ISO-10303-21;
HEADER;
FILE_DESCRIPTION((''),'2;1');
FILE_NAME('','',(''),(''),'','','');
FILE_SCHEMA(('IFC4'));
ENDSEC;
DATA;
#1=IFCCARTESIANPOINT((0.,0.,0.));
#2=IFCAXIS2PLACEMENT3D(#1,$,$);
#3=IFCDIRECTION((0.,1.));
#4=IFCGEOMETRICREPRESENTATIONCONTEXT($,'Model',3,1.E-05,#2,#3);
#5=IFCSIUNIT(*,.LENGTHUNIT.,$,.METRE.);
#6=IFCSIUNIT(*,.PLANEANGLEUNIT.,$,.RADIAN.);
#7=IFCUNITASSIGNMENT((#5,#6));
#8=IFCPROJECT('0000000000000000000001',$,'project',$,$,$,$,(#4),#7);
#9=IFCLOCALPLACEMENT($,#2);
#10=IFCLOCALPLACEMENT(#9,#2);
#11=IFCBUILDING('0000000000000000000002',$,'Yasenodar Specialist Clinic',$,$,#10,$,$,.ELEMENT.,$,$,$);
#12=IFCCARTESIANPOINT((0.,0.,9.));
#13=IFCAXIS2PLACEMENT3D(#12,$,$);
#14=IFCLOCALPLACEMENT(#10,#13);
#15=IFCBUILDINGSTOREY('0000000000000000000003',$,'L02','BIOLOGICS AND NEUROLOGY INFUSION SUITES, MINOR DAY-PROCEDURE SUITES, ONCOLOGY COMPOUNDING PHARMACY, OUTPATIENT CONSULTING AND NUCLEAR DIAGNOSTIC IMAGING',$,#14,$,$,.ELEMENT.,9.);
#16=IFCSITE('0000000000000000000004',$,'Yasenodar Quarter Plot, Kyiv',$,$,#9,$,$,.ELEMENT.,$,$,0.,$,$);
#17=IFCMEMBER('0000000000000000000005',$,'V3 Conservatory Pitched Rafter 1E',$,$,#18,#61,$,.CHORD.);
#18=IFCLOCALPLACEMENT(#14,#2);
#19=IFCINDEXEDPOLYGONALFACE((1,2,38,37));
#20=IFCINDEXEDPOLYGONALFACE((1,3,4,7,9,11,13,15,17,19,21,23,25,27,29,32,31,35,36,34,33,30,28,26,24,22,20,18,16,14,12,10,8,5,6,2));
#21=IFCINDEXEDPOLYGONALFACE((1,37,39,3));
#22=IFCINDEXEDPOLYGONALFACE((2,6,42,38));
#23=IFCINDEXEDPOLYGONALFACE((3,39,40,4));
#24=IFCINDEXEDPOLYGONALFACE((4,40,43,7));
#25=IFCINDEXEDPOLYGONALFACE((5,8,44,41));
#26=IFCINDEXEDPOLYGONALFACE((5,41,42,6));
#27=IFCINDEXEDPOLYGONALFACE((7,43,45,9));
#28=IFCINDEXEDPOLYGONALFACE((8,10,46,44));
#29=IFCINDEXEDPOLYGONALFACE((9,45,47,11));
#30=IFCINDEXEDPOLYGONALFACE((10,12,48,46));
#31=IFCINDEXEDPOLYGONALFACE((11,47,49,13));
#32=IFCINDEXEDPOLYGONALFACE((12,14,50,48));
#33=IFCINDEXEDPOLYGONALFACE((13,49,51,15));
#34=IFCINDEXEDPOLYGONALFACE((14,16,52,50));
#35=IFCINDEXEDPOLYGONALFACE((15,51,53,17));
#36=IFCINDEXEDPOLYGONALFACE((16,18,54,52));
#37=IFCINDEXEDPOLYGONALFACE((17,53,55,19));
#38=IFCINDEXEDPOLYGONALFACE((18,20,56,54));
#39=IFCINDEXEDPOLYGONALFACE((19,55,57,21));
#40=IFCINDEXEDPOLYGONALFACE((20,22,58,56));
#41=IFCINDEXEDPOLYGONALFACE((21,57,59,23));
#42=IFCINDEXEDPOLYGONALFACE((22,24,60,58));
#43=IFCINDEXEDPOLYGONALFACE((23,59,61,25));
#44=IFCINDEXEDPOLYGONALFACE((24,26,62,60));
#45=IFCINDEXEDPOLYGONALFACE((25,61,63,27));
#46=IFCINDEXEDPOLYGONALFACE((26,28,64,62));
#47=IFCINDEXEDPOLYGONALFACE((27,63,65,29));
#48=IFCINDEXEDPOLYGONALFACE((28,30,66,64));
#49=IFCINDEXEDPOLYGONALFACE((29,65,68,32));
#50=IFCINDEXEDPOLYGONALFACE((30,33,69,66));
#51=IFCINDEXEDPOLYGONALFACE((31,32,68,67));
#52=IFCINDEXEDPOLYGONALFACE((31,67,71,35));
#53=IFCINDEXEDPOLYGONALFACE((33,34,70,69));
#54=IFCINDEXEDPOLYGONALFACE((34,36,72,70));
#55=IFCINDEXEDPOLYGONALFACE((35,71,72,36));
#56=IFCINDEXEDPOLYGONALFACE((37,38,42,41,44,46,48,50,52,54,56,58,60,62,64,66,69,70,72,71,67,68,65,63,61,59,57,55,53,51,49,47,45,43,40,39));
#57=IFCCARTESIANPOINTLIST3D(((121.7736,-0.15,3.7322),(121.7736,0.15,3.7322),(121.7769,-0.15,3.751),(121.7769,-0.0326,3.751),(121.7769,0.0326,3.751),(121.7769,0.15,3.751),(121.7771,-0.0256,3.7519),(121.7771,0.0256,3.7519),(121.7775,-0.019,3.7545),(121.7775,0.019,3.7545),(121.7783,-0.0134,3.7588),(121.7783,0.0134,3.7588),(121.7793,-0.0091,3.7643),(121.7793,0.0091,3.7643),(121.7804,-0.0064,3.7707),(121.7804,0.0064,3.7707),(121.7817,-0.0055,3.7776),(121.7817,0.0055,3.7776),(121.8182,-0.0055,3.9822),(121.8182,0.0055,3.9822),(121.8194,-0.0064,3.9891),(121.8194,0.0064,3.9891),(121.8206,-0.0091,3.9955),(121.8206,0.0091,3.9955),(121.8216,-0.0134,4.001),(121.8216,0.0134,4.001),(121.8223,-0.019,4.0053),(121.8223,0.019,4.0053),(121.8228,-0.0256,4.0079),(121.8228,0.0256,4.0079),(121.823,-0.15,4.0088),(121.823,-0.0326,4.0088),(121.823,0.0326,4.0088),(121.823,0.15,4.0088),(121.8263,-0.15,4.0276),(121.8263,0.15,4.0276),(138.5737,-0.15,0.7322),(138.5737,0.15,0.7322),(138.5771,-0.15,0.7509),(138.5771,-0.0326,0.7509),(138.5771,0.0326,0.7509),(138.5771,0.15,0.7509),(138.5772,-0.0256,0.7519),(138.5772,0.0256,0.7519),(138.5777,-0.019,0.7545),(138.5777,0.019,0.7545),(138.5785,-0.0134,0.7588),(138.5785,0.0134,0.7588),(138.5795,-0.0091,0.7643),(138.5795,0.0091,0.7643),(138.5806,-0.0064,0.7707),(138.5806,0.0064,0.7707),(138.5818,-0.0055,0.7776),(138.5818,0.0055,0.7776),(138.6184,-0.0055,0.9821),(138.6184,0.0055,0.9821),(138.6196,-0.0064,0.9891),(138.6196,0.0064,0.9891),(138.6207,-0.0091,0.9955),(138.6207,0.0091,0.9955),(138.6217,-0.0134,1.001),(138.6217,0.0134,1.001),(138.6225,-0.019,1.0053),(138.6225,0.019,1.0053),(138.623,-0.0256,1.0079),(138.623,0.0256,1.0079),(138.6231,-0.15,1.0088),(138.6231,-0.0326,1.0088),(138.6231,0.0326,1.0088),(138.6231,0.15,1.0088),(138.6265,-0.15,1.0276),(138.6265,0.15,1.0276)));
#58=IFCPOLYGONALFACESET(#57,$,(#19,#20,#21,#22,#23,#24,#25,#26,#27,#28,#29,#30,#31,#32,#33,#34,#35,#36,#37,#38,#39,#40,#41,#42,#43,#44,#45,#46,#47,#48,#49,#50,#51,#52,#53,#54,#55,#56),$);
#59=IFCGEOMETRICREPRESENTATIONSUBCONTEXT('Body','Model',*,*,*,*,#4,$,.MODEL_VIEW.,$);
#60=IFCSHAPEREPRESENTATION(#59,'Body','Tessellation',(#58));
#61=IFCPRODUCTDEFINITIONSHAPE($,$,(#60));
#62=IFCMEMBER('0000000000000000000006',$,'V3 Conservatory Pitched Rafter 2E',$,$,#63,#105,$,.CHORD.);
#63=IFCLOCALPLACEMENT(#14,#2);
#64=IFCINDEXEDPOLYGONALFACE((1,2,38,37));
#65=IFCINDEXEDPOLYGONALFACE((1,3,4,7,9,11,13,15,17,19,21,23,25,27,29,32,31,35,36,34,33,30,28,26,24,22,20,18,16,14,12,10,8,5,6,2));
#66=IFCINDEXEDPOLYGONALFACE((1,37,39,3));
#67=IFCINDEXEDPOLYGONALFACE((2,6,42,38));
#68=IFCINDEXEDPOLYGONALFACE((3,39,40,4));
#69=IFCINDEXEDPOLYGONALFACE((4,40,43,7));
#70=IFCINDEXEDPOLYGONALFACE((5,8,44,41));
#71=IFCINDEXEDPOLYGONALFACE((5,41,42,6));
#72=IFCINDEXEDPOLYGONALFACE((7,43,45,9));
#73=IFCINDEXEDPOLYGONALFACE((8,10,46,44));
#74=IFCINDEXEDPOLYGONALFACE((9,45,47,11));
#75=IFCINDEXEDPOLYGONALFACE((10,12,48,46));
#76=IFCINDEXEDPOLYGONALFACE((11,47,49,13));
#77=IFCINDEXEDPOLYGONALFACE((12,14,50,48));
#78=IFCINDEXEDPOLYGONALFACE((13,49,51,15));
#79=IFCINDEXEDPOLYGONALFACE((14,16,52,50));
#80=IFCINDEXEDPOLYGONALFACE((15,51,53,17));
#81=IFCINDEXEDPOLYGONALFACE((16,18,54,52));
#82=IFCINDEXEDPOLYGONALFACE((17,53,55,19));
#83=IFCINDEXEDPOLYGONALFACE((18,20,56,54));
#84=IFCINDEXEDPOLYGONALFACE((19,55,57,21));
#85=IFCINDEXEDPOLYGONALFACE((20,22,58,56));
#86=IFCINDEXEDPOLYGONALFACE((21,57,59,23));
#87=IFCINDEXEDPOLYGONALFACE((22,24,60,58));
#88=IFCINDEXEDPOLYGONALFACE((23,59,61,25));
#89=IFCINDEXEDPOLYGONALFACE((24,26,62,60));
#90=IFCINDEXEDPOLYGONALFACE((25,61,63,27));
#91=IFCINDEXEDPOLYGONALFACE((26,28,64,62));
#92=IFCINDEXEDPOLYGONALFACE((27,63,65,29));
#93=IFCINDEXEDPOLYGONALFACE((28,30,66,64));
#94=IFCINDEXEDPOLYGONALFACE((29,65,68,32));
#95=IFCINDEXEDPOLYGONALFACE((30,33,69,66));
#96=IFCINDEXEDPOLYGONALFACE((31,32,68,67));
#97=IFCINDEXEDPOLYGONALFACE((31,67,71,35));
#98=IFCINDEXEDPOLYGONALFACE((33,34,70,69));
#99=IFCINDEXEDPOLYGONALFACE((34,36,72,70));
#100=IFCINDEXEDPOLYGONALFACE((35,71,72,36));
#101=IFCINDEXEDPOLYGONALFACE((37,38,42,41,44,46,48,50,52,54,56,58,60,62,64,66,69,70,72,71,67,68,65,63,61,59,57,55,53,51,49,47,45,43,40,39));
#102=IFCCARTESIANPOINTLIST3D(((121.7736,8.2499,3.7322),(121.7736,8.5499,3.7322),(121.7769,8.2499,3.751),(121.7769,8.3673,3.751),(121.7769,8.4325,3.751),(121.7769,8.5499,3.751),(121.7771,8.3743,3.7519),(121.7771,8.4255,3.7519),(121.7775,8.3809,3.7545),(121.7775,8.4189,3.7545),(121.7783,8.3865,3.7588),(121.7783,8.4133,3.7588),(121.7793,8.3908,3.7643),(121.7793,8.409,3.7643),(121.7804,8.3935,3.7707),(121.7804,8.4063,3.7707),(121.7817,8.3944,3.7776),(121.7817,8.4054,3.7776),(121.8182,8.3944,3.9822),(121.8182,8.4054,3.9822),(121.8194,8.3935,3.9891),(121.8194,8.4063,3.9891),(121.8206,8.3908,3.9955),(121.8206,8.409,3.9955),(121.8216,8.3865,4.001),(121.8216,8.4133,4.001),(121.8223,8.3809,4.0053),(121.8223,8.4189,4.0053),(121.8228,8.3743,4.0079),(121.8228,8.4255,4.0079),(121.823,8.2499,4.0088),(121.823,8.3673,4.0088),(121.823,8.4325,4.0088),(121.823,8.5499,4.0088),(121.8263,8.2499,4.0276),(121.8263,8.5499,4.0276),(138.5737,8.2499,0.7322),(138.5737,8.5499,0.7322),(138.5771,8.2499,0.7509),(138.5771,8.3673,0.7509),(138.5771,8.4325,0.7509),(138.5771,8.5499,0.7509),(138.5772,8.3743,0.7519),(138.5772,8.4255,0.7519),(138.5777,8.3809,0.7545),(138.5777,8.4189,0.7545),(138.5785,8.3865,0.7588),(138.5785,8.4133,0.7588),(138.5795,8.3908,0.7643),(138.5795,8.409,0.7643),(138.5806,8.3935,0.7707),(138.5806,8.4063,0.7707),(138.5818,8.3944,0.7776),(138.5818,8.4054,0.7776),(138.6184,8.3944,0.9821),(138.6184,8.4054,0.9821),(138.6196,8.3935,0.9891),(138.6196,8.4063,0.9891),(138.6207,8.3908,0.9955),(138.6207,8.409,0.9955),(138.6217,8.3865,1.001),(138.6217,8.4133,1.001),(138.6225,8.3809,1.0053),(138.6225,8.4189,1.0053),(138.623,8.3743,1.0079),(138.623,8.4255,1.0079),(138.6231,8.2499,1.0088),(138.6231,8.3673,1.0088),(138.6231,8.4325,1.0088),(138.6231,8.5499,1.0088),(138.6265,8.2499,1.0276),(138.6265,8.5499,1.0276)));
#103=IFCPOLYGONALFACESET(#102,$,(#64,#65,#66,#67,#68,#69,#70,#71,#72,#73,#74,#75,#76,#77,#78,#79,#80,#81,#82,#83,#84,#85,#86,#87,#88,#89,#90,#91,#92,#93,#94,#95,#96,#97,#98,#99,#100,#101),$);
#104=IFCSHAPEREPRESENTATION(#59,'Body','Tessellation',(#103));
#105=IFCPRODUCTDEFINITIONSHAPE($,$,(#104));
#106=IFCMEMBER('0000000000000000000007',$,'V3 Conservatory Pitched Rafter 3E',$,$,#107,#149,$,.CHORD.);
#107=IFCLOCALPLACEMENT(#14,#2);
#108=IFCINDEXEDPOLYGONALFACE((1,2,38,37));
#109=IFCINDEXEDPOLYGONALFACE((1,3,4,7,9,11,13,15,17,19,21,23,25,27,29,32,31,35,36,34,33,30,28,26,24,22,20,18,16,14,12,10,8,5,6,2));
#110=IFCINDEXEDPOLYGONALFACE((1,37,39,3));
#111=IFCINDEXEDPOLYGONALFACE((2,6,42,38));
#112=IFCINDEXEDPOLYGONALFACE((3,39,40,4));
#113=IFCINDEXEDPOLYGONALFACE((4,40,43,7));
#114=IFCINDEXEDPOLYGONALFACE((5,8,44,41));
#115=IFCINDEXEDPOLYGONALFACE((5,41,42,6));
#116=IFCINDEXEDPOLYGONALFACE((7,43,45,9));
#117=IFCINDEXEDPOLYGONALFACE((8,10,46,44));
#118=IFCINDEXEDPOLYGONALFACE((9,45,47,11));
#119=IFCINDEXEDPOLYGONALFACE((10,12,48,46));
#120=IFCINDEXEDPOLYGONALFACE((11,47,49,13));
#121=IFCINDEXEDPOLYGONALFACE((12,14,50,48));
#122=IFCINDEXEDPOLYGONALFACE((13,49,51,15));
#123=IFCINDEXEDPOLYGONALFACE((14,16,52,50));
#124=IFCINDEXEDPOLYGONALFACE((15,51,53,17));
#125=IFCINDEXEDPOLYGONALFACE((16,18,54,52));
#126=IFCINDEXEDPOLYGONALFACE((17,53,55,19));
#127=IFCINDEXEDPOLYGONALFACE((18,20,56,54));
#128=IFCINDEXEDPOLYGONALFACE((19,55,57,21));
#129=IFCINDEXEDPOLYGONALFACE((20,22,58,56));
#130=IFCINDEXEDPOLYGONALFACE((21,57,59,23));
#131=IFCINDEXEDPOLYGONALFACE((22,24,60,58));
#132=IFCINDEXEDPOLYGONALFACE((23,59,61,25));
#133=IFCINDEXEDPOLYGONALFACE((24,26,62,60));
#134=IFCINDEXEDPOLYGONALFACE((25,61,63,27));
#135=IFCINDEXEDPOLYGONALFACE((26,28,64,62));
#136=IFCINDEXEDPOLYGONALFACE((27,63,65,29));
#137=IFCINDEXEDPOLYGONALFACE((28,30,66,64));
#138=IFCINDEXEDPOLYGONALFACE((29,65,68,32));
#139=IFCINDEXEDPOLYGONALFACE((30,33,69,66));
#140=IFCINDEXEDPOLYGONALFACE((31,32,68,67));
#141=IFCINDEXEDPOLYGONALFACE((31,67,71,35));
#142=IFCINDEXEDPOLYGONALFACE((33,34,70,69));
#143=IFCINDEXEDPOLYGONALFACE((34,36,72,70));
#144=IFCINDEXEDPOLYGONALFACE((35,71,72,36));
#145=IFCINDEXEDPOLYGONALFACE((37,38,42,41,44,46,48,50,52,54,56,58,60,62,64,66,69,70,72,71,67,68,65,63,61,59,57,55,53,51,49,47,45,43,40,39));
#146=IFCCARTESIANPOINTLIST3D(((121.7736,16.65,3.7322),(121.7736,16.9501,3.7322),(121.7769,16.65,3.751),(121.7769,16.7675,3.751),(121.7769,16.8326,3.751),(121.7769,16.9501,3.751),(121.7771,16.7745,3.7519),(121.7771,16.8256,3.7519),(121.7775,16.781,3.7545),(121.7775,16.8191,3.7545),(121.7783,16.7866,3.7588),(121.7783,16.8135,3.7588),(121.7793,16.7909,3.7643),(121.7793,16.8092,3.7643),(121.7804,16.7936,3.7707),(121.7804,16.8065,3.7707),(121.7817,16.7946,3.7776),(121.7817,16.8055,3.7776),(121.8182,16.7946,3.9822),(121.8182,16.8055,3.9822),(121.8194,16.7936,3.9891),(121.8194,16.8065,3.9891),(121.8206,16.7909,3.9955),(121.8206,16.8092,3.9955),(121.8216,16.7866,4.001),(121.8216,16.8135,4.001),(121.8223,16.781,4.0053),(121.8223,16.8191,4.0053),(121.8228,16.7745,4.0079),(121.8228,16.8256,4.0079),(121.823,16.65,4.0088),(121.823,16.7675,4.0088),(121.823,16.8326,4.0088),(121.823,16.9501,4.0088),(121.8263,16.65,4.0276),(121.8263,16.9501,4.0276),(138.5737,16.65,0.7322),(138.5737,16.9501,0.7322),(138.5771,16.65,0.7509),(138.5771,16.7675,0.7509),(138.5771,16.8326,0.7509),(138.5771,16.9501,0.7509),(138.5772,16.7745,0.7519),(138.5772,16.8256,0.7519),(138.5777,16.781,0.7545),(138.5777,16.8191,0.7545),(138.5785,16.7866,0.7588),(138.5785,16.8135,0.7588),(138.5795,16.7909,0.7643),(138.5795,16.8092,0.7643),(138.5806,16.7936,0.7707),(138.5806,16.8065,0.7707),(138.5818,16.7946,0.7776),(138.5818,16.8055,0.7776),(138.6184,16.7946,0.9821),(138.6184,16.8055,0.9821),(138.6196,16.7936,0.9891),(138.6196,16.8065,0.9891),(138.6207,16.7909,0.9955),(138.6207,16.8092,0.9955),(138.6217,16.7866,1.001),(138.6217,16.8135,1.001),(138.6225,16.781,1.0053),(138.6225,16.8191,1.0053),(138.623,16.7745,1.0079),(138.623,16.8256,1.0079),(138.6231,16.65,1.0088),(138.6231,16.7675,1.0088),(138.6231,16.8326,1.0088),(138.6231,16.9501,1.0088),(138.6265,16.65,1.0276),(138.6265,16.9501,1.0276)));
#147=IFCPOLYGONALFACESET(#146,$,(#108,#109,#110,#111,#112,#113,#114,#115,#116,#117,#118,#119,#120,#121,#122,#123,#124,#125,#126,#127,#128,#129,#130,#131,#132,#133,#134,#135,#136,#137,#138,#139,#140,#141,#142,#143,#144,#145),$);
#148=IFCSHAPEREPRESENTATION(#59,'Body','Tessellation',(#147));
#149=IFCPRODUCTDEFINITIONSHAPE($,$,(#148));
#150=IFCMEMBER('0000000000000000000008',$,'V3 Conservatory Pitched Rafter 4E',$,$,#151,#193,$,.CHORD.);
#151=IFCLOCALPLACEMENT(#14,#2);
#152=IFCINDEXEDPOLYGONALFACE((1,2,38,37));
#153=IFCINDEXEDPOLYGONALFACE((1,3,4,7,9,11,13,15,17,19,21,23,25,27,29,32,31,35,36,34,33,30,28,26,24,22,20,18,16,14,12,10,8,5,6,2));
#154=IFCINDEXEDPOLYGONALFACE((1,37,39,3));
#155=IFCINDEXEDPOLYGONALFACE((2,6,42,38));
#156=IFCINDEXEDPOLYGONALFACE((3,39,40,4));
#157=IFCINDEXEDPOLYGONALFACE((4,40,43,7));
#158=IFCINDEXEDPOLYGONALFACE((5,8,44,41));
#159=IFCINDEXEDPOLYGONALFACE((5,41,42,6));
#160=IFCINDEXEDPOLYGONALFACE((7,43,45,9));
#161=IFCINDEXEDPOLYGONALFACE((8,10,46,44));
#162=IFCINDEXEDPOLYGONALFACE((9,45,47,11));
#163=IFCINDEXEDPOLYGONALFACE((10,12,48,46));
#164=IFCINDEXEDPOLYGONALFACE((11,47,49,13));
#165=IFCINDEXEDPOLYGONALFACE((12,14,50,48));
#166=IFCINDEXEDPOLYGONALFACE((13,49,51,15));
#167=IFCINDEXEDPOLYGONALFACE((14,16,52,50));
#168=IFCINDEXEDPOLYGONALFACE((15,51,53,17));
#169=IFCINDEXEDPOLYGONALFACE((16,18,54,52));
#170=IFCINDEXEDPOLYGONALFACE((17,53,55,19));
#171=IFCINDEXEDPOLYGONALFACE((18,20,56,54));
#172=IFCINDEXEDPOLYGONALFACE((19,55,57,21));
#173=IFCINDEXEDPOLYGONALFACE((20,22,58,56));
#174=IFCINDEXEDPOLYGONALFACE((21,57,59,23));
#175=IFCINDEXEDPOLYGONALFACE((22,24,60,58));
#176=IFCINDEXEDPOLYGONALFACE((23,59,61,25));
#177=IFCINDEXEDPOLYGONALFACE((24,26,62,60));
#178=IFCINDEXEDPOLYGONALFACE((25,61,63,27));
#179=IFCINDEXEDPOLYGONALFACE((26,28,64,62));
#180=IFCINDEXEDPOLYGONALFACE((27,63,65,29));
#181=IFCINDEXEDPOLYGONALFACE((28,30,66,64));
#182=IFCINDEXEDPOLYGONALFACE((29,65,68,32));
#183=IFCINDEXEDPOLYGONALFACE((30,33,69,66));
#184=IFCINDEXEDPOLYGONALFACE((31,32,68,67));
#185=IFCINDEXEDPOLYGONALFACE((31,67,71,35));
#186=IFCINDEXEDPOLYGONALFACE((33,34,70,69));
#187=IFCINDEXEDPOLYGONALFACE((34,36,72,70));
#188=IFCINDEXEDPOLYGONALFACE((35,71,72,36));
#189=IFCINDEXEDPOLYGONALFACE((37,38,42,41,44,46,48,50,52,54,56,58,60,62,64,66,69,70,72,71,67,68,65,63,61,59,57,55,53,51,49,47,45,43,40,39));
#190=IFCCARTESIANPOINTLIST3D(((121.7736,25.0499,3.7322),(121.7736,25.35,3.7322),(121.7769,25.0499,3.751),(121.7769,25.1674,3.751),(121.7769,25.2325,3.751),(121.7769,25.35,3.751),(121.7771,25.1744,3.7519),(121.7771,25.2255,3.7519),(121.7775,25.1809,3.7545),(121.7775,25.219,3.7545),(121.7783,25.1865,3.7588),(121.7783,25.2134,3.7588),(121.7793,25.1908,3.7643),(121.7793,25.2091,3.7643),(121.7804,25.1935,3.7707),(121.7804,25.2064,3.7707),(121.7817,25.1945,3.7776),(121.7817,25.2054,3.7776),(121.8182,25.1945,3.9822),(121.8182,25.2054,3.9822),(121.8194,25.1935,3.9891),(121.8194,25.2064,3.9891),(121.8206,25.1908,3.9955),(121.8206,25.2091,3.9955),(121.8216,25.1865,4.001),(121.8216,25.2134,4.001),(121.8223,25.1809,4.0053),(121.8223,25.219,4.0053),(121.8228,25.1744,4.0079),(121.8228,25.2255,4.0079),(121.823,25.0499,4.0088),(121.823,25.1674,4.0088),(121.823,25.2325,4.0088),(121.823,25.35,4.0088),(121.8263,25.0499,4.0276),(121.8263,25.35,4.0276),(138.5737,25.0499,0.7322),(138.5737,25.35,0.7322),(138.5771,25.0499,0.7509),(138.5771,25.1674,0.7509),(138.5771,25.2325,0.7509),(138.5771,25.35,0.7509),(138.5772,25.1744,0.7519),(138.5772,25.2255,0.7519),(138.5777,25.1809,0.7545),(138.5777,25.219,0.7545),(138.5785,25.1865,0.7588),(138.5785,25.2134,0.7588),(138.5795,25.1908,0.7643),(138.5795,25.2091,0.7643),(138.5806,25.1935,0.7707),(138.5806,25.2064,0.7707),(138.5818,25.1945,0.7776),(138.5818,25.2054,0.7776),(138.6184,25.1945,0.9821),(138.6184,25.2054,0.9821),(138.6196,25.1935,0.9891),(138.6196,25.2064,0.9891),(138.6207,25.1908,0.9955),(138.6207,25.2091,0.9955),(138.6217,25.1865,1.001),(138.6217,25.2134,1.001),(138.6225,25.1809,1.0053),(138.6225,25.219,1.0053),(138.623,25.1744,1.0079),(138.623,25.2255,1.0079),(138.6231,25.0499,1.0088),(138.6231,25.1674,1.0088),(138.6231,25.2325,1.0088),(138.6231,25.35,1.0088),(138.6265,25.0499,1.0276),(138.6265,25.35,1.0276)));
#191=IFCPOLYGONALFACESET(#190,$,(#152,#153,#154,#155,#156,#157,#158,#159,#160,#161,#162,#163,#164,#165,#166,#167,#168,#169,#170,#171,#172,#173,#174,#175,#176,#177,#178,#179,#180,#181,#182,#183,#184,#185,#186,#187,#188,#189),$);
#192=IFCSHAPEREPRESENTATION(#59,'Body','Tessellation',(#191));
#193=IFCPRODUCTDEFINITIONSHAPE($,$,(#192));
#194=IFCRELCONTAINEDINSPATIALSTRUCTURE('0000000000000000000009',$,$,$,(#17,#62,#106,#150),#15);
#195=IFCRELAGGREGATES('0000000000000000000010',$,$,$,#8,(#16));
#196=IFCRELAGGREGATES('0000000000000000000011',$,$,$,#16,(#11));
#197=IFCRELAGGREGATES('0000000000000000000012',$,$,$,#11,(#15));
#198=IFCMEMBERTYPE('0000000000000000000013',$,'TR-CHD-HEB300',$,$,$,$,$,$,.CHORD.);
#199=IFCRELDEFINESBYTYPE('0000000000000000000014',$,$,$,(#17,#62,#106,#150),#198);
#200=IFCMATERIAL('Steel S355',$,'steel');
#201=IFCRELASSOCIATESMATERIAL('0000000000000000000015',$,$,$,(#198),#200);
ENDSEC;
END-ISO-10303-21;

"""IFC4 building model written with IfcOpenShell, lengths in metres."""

from ifc_helpers import new_model, si_unit, direction, frame, origin, origin_2d, place, context, subcontext, project, spatial, i_section, extrude, material, material_profile, profile_set, type_object, element, save


model = new_model("IFC4")

# Units and contexts
model_context = context("Model", 3, precision=1e-05, world=origin(), true_north=direction((0.0, 1.0)))
body_context = subcontext(model_context, "Body", "Model", "MODEL_VIEW")
ifc_project = project(units=[si_unit("LENGTHUNIT", "METRE"), si_unit("PLANEANGLEUNIT", "RADIAN")], contexts=[model_context])

# Site, building, storey
site_placement = place(None, origin())
site = spatial("IfcSite", under=ifc_project, at=site_placement, Name="Yasenodar Quarter Plot, Kyiv", CompositionType="ELEMENT", RefElevation=0.0)
building_placement = place(site_placement, origin())
building = spatial("IfcBuilding", under=site, at=building_placement, Name="Yasenodar Specialist Clinic", CompositionType="ELEMENT")
storey_placement = place(building_placement, frame((0.0, 0.0, 9.0)))
storey = spatial("IfcBuildingStorey", under=building, at=storey_placement, Name="L02", Description="BIOLOGICS AND NEUROLOGY INFUSION SUITES, MINOR DAY-PROCEDURE SUITES, ONCOLOGY COMPOUNDING PHARMACY, OUTPATIENT CONSULTING AND NUCLEAR DIAGNOSTIC IMAGING", CompositionType="ELEMENT", Elevation=9.0)

# Shared definitions
ifc_material = material(Name="Steel S355", Category="steel")

# Members
ifc_material_profile_1 = material_profile(ifc_material, i_section(OverallWidth=0.3, OverallDepth=0.3, WebThickness=0.011, FlangeThickness=0.019, FilletRadius=0.0271, at=origin_2d()), Name="HEB 300")
ifc_profile_set_1 = profile_set([ifc_material_profile_1], Name="Steel S355")
member_type_1 = type_object("IfcMemberType", Name="TR-CHD-HEB300", PredefinedType="CHORD", material=ifc_profile_set_1)
for number, where, z_axis, x_axis, name in (
    (1, (138.6001, 0.0, 0.8799), (-0.984428, 0.0, 0.17579), (0.0, -1.0, 0.0), "V3 Conservatory Pitched Rafter 1E"),
    (2, (138.6001, 8.3999, 0.8799), (-0.984428, 0.0, 0.17579), (0.0, -1.0, 0.0), "V3 Conservatory Pitched Rafter 2E"),
    (3, (138.6001, 16.8, 0.8799), (-0.984428, 0.0, 0.17579), (0.0, -1.0, 0.0), "V3 Conservatory Pitched Rafter 3E"),
    (4, (138.6001, 25.2, 0.8799), (-0.984428, 0.0, 0.17579), (0.0, -1.0, 0.0), "V3 Conservatory Pitched Rafter 4E"),
):
    element("IfcMember", number, at=place(storey_placement, frame(where, z_axis=z_axis, x_axis=x_axis)), inside=storey, type_object=member_type_1, Name=name, PredefinedType="CHORD", context=body_context, shape_type="SweptSolid", body=[
        extrude(i_section(OverallWidth=0.3, OverallDepth=0.3, WebThickness=0.011, FlangeThickness=0.019, FilletRadius=0.0271, at=origin_2d()), origin(), (0.0, 0.0, 1.0), 17.0659),
    ])

save(model, "model.ifc")
